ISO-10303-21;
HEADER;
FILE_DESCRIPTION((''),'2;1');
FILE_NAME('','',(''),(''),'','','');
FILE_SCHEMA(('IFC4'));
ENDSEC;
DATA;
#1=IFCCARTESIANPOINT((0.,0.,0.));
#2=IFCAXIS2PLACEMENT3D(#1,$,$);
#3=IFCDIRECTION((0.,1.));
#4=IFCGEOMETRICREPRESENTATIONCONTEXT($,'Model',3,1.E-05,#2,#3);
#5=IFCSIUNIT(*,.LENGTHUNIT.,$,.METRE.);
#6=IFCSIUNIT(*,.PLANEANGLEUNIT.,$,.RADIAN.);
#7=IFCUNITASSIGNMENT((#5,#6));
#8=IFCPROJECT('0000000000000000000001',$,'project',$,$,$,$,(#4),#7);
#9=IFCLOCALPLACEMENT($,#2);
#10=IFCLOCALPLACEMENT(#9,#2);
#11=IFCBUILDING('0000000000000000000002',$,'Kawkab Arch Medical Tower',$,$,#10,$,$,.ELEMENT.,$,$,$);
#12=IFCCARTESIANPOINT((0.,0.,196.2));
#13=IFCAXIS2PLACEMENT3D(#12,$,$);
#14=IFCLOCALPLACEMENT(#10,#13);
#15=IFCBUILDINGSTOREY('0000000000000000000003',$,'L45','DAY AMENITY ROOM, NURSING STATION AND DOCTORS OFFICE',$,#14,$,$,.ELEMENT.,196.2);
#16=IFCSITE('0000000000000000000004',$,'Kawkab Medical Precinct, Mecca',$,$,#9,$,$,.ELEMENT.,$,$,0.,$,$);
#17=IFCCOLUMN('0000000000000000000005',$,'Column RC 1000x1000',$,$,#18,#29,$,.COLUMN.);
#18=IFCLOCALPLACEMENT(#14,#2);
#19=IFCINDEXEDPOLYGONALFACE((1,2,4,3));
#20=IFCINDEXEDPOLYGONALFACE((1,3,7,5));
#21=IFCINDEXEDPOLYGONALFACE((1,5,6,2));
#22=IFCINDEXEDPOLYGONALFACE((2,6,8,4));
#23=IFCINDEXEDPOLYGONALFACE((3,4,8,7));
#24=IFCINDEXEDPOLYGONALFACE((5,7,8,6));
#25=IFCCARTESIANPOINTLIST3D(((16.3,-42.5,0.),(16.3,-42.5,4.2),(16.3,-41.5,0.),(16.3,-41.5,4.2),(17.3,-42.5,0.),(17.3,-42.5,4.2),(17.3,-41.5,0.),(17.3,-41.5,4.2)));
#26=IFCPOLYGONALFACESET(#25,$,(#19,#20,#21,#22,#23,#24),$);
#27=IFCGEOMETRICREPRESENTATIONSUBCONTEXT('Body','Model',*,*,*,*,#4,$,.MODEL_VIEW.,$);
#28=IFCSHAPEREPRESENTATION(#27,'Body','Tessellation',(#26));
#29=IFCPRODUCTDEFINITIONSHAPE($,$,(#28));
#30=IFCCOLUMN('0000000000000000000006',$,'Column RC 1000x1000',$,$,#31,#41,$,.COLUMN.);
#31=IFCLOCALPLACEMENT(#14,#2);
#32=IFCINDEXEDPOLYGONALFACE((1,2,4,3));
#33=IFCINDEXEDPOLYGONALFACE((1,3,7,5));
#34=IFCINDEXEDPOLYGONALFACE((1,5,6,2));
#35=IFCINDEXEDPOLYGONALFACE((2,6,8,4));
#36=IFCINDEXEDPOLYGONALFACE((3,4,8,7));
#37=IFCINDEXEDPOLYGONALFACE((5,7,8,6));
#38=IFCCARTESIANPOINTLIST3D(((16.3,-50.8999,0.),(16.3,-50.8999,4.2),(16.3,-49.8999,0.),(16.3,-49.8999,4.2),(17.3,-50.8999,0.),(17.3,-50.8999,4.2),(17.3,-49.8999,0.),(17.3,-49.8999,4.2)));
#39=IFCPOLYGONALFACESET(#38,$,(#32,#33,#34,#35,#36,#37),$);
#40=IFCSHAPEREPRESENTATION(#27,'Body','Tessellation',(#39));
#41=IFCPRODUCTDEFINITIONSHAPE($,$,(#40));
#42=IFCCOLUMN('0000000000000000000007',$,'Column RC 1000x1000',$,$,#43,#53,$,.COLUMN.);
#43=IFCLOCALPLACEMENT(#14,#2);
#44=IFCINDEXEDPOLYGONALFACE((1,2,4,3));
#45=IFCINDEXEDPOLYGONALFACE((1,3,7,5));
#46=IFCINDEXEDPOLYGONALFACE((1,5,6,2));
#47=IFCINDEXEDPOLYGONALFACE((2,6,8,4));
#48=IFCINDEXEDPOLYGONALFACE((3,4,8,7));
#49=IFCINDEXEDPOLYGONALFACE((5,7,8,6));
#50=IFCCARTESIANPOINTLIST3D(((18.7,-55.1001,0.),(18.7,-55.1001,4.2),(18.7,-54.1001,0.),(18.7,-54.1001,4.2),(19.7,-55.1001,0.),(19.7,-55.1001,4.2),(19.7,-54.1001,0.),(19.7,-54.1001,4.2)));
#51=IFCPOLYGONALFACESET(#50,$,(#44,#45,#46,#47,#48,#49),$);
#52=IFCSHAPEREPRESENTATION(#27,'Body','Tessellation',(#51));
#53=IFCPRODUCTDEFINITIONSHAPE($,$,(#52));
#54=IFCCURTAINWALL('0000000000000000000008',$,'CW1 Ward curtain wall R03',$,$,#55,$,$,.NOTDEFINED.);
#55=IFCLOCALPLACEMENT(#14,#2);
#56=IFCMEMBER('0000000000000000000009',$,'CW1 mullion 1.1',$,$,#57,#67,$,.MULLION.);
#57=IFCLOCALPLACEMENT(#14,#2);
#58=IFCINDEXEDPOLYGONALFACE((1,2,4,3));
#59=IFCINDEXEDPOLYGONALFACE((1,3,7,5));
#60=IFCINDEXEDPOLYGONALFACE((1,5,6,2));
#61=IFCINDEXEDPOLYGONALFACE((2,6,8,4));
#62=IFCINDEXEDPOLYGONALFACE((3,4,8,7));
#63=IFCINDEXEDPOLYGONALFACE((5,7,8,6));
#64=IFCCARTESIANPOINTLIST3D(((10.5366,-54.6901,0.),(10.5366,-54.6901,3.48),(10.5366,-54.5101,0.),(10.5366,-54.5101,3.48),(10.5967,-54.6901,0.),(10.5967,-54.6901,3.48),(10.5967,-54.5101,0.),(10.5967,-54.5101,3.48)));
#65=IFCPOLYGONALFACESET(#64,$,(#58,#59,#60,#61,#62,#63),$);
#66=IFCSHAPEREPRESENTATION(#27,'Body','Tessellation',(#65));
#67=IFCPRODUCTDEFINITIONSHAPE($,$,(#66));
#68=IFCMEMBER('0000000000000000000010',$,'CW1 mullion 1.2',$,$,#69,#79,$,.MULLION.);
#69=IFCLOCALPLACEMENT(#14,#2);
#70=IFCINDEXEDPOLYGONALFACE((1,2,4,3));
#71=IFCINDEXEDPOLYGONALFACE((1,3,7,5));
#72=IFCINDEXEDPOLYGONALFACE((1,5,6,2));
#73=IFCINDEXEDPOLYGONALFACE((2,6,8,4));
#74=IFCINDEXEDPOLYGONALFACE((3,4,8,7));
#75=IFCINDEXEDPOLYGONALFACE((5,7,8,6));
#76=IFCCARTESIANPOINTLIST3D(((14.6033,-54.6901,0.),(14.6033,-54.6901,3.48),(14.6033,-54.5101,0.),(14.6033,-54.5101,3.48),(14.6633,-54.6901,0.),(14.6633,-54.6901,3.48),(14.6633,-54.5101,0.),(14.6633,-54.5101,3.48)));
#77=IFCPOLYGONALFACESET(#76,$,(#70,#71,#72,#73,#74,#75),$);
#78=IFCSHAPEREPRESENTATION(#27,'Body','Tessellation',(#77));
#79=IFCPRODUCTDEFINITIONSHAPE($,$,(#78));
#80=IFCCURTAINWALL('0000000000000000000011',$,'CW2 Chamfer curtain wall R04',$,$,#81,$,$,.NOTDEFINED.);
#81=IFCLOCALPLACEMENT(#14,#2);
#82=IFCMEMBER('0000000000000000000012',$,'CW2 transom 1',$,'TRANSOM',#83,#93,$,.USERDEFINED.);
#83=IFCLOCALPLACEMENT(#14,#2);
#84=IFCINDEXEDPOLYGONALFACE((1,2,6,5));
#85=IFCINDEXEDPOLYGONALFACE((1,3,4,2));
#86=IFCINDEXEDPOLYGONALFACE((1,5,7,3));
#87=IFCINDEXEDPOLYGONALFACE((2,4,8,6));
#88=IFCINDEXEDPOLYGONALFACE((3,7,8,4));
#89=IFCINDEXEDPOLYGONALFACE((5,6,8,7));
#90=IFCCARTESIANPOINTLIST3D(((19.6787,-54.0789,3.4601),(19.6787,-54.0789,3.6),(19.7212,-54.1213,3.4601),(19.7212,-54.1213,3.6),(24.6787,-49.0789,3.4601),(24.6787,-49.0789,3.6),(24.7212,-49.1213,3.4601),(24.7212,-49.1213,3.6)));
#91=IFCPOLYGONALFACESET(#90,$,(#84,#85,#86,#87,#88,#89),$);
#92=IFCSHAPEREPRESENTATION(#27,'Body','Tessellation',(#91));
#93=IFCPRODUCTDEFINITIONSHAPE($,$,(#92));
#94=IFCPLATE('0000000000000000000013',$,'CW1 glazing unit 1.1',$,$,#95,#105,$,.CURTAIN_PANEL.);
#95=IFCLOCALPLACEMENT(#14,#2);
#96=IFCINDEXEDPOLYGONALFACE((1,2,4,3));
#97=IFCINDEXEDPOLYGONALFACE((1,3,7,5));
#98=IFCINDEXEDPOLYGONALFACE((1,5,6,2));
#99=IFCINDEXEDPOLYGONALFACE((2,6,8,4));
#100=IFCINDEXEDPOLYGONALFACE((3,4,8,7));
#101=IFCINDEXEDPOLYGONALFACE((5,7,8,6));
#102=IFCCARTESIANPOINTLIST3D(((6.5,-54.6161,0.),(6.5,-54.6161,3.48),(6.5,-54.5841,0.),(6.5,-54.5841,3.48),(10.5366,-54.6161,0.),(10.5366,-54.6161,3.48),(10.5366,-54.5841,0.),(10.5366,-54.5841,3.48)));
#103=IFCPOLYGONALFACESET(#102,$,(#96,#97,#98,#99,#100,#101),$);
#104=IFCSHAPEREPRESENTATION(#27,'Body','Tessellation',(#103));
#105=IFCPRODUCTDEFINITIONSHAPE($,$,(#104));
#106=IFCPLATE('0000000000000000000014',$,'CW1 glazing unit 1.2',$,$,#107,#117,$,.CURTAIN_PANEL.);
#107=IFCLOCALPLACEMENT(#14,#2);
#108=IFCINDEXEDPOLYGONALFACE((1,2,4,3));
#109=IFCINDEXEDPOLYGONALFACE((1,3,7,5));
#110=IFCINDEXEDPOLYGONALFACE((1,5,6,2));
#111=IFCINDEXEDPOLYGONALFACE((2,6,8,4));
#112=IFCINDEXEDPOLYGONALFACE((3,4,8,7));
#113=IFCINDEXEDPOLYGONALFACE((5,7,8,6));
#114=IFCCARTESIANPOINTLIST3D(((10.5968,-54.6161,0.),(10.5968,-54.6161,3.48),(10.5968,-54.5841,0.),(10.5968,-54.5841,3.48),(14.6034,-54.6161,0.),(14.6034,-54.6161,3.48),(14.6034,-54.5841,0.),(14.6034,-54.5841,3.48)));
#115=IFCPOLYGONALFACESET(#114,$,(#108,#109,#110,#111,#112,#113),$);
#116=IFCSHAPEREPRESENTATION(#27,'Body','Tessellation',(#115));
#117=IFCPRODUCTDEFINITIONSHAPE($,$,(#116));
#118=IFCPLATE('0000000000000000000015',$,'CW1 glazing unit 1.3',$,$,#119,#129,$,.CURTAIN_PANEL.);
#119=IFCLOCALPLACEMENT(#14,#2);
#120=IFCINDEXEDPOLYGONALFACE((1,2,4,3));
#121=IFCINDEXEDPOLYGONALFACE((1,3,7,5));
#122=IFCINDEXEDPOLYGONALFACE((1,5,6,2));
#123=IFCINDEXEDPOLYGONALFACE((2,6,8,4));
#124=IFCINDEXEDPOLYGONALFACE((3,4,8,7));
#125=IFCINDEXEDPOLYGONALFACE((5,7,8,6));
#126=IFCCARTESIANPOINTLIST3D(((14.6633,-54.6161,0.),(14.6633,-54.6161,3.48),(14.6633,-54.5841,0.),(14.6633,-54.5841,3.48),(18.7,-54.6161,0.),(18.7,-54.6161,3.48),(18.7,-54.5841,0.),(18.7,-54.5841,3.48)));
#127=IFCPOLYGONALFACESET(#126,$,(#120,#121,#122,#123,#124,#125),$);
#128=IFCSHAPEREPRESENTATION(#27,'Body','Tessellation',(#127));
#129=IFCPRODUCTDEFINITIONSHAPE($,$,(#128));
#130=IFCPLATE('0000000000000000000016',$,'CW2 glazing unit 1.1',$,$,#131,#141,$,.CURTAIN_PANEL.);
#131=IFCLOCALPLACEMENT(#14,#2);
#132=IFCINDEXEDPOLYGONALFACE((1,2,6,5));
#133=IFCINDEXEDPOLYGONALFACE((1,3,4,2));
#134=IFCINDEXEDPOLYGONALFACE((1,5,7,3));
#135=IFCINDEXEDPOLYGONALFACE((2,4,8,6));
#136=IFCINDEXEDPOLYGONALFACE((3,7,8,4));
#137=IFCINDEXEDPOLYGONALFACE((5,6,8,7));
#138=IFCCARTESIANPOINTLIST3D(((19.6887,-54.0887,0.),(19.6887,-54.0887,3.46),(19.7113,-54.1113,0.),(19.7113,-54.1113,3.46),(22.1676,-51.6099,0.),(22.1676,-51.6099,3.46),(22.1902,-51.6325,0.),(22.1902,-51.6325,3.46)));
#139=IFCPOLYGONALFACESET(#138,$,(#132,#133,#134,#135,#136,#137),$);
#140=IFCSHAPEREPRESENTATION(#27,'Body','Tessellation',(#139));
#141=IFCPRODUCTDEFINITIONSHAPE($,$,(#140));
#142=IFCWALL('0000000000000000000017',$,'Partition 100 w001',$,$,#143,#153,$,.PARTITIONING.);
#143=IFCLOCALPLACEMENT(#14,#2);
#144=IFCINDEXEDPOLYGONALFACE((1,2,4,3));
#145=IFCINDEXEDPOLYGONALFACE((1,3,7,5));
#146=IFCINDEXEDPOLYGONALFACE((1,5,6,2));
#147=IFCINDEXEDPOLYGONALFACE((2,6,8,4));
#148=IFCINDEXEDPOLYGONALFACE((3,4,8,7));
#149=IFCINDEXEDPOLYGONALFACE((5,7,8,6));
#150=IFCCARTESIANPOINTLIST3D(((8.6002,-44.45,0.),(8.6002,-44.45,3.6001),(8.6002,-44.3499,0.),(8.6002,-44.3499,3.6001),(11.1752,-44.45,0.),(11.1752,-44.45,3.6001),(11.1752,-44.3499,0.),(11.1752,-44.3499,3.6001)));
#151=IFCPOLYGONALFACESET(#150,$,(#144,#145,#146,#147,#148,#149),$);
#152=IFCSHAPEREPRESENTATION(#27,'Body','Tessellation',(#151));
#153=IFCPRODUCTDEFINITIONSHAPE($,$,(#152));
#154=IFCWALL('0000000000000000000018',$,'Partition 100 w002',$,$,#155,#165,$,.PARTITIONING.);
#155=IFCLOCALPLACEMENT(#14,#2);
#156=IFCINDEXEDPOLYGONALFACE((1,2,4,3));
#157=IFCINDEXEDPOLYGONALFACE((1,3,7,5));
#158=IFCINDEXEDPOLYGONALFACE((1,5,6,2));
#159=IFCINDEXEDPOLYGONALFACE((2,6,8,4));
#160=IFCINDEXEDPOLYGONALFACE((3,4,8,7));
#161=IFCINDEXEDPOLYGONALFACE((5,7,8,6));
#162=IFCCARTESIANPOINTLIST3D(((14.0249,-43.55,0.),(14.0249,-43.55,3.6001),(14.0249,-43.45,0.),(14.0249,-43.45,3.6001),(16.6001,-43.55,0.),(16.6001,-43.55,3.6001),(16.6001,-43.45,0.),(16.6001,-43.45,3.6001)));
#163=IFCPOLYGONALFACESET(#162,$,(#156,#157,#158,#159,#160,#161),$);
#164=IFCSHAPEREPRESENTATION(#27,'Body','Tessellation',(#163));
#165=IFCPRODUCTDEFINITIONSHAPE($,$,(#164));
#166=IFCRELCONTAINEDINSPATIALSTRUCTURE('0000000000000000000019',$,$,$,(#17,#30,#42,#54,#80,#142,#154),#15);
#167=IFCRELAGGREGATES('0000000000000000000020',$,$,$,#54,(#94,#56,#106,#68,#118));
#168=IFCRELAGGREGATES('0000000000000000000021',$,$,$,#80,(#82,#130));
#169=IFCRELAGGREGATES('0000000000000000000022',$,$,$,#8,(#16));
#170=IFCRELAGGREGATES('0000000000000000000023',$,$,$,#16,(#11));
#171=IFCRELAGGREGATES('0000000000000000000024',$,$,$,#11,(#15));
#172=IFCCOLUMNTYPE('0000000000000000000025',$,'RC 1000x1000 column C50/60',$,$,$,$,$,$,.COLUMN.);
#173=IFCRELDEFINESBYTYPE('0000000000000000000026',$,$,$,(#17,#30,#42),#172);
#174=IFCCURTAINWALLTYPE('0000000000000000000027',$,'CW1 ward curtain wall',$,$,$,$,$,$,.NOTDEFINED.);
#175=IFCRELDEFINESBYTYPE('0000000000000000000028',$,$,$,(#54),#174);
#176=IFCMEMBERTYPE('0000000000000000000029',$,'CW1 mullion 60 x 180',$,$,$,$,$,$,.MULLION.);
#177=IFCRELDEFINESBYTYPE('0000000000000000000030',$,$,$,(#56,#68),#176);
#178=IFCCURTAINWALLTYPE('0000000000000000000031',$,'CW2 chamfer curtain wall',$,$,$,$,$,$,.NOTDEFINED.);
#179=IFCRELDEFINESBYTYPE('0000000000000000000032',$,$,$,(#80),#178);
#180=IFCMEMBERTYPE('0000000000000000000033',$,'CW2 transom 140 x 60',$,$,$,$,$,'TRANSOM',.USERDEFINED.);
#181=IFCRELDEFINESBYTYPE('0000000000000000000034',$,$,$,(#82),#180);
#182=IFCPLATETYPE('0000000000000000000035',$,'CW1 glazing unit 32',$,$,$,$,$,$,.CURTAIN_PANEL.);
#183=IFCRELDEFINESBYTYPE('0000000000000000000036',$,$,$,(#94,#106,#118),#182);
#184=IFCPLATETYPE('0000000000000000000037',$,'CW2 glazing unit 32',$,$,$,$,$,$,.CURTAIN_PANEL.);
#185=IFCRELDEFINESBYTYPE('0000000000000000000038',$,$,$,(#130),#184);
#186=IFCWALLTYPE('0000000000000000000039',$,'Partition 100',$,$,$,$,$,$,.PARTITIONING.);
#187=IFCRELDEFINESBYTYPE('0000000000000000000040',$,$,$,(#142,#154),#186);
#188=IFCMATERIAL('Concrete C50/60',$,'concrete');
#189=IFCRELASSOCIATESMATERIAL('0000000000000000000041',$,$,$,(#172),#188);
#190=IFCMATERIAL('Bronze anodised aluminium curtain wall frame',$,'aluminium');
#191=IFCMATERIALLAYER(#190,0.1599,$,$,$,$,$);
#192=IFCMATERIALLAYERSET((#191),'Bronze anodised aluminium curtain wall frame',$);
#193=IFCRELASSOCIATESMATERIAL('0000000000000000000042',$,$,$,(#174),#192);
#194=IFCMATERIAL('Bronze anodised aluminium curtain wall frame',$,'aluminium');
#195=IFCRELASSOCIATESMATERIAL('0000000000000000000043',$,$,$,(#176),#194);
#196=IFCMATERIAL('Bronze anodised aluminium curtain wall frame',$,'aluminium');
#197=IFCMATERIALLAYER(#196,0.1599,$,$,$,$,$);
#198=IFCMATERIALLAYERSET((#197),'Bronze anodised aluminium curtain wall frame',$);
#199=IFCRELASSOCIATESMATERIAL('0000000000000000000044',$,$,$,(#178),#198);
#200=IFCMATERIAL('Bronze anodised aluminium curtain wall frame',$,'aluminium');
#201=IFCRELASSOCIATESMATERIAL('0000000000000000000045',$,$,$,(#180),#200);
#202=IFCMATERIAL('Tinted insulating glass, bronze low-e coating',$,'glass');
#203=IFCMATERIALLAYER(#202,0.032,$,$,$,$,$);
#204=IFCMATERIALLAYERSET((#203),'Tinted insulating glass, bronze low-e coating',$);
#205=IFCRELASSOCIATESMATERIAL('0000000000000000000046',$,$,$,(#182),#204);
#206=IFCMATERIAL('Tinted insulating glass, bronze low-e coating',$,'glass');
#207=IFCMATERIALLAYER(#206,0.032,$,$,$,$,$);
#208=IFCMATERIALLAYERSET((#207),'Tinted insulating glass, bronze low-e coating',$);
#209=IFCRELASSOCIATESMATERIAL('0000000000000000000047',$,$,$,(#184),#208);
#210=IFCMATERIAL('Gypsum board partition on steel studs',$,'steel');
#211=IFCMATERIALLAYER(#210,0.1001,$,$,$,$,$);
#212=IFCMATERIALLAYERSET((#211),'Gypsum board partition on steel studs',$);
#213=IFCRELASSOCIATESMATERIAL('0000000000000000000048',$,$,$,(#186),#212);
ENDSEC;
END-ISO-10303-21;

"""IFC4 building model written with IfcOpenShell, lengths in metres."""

from ifc_helpers import new_model, si_unit, direction, frame, frame_2d, origin, origin_2d, place, context, subcontext, project, spatial, rectangle, extrude, material, layer, layer_set, material_profile, profile_set, type_object, element, aggregate, save


model = new_model("IFC4")

# Units and contexts
model_context = context("Model", 3, precision=1e-05, world=origin(), true_north=direction((0.0, 1.0)))
body_context = subcontext(model_context, "Body", "Model", "MODEL_VIEW")
ifc_project = project(units=[si_unit("LENGTHUNIT", "METRE"), si_unit("PLANEANGLEUNIT", "RADIAN")], contexts=[model_context])

# Site, building, storey
site_placement = place(None, origin())
site = spatial("IfcSite", under=ifc_project, at=site_placement, Name="Kawkab Medical Precinct, Mecca", CompositionType="ELEMENT", RefElevation=0.0)
building_placement = place(site_placement, origin())
building = spatial("IfcBuilding", under=site, at=building_placement, Name="Kawkab Arch Medical Tower", CompositionType="ELEMENT")
storey_placement = place(building_placement, frame((0.0, 0.0, 196.2)))
storey = spatial("IfcBuildingStorey", under=building, at=storey_placement, Name="L45", Description="DAY AMENITY ROOM, NURSING STATION AND DOCTORS OFFICE", CompositionType="ELEMENT", Elevation=196.2)

# Columns
ifc_material_1 = material(Name="Concrete C50/60", Category="concrete")
ifc_material_profile_1 = material_profile(ifc_material_1, rectangle(XDim=1.0, YDim=1.0, at=origin_2d()), Name="RC 1000x1000")
ifc_profile_set_1 = profile_set([ifc_material_profile_1], Name="Concrete C50/60")
column_type = type_object("IfcColumnType", Name="RC 1000x1000 column C50/60", PredefinedType="COLUMN", material=ifc_profile_set_1)
for number, where, z_axis, x_axis, name in (
    (1, (16.8, -42.0, 0.0), (0.0, 0.0, 1.0), (1.0, 0.0, 0.0), "Column RC 1000x1000"),
    (2, (16.8, -50.3999, 0.0), (0.0, 0.0, 1.0), (1.0, 0.0, 0.0), "Column RC 1000x1000"),
    (3, (19.2, -54.6001, 0.0), (0.0, 0.0, 1.0), (1.0, 0.0, 0.0), "Column RC 1000x1000"),
):
    element("IfcColumn", number, at=place(storey_placement, frame(where, z_axis=z_axis, x_axis=x_axis)), inside=storey, type_object=column_type, Name=name, PredefinedType="COLUMN", context=body_context, shape_type="SweptSolid", body=[
        extrude(rectangle(XDim=1.0, YDim=1.0, at=origin_2d()), origin(), (0.0, 0.0, 1.0), 4.2),
    ])

# Curtain wall, members
ifc_material_2 = material(Name="Bronze anodised aluminium curtain wall frame", Category="aluminium")
ifc_layer_1 = layer(ifc_material_2, 0.1599)
ifc_layer_set_1 = layer_set([ifc_layer_1], Name="Bronze anodised aluminium curtain wall frame")
curtain_wall_type_1 = type_object("IfcCurtainWallType", Name="CW1 ward curtain wall", PredefinedType="NOTDEFINED", material=ifc_layer_set_1)
placement = place(storey_placement, origin())
curtain_wall_1 = element("IfcCurtainWall", 4, at=placement, inside=storey, type_object=curtain_wall_type_1, Name="CW1 Ward curtain wall R03", PredefinedType="NOTDEFINED")
ifc_material_3 = material(Name="Bronze anodised aluminium curtain wall frame", Category="aluminium")
ifc_material_profile_2 = material_profile(ifc_material_3, rectangle(XDim=0.1799, YDim=0.0601, at=origin_2d()), Name="AL 60x180")
ifc_profile_set_2 = profile_set([ifc_material_profile_2], Name="Bronze anodised aluminium curtain wall frame")
member_type_1 = type_object("IfcMemberType", Name="CW1 mullion 60 x 180", PredefinedType="MULLION", material=ifc_profile_set_2)
member_1_placement = place(storey_placement, frame((10.5667, -54.6001, 0.0), z_axis=(0.0, 0.0, 1.0), x_axis=(0.0, 1.0, 0.0)))
member_1 = element("IfcMember", 5, at=member_1_placement, type_object=member_type_1, Name="CW1 mullion 1.1", PredefinedType="MULLION", context=body_context, shape_type="SweptSolid", body=[
    extrude(rectangle(XDim=0.1799, YDim=0.0601, at=origin_2d()), origin(), (0.0, 0.0, 1.0), 3.48),
])
member_2_placement = place(storey_placement, frame((14.6333, -54.6001, 0.0), z_axis=(0.0, 0.0, 1.0), x_axis=(0.0, 1.0, 0.0)))
member_2 = element("IfcMember", 6, at=member_2_placement, type_object=member_type_1, Name="CW1 mullion 1.2", PredefinedType="MULLION", context=body_context, shape_type="SweptSolid", body=[
    extrude(rectangle(XDim=0.1799, YDim=0.0601, at=origin_2d()), origin(), (0.0, 0.0, 1.0), 3.48),
])

# Curtain wall, member
ifc_material_4 = material(Name="Bronze anodised aluminium curtain wall frame", Category="aluminium")
ifc_layer_2 = layer(ifc_material_4, 0.1599)
ifc_layer_set_2 = layer_set([ifc_layer_2], Name="Bronze anodised aluminium curtain wall frame")
curtain_wall_type_2 = type_object("IfcCurtainWallType", Name="CW2 chamfer curtain wall", PredefinedType="NOTDEFINED", material=ifc_layer_set_2)
curtain_wall_2 = element("IfcCurtainWall", 7, at=placement, inside=storey, type_object=curtain_wall_type_2, Name="CW2 Chamfer curtain wall R04", PredefinedType="NOTDEFINED")
ifc_material_5 = material(Name="Bronze anodised aluminium curtain wall frame", Category="aluminium")
ifc_material_profile_3 = material_profile(ifc_material_5, rectangle(XDim=0.0601, YDim=0.1399, at=origin_2d()), Name="AL 60x140")
ifc_profile_set_3 = profile_set([ifc_material_profile_3], Name="Bronze anodised aluminium curtain wall frame")
member_type_2 = type_object("IfcMemberType", Name="CW2 transom 140 x 60", ElementType="TRANSOM", PredefinedType="USERDEFINED", material=ifc_profile_set_3)
member_3_placement = place(storey_placement, frame((19.7, -54.1001, 3.53), z_axis=(0.707107, 0.707107, 0.0), x_axis=(-0.707107, 0.707107, 0.0)))
member_3 = element("IfcMember", 8, at=member_3_placement, type_object=member_type_2, Name="CW2 transom 1", ObjectType="TRANSOM", PredefinedType="USERDEFINED", context=body_context, shape_type="SweptSolid", body=[
    extrude(rectangle(XDim=0.0601, YDim=0.1399, at=origin_2d()), origin(), (0.0, 0.0, 1.0), 7.071),
])

# Plates
ifc_material_6 = material(Name="Tinted insulating glass, bronze low-e coating", Category="glass")
ifc_layer_3 = layer(ifc_material_6, 0.032)
ifc_layer_set_3 = layer_set([ifc_layer_3], Name="Tinted insulating glass, bronze low-e coating")
plate_type_1 = type_object("IfcPlateType", Name="CW1 glazing unit 32", PredefinedType="CURTAIN_PANEL", material=ifc_layer_set_3)
plate_1_placement = place(storey_placement, frame((8.5183, -54.6001, 0.0), z_axis=(0.0, 0.0, 1.0), x_axis=(1.0, 0.0, 0.0)))
plate_1 = element("IfcPlate", 9, at=plate_1_placement, type_object=plate_type_1, Name="CW1 glazing unit 1.1", PredefinedType="CURTAIN_PANEL", context=body_context, shape_type="SweptSolid", body=[
    extrude(rectangle(XDim=4.0366, YDim=0.032, at=origin_2d()), origin(), (0.0, 0.0, 1.0), 3.48),
])
plate_2_placement = place(storey_placement, frame((12.6001, -54.6001, 0.0), z_axis=(0.0, 0.0, 1.0), x_axis=(1.0, 0.0, 0.0)))
plate_2 = element("IfcPlate", 10, at=plate_2_placement, type_object=plate_type_1, Name="CW1 glazing unit 1.2", PredefinedType="CURTAIN_PANEL", context=body_context, shape_type="SweptSolid", body=[
    extrude(rectangle(XDim=4.0066, YDim=0.032, at=origin_2d()), origin(), (0.0, 0.0, 1.0), 3.48),
])
plate_3_placement = place(storey_placement, frame((16.6816, -54.6001, 0.0), z_axis=(0.0, 0.0, 1.0), x_axis=(1.0, 0.0, 0.0)))
plate_3 = element("IfcPlate", 11, at=plate_3_placement, type_object=plate_type_1, Name="CW1 glazing unit 1.3", PredefinedType="CURTAIN_PANEL", context=body_context, shape_type="SweptSolid", body=[
    extrude(rectangle(XDim=4.0366, YDim=0.032, at=origin_2d()), origin(), (0.0, 0.0, 1.0), 3.48),
])
aggregate(curtain_wall_1, [plate_1, member_1, plate_2, member_2, plate_3])
ifc_material_7 = material(Name="Tinted insulating glass, bronze low-e coating", Category="glass")
ifc_layer_4 = layer(ifc_material_7, 0.032)
ifc_layer_set_4 = layer_set([ifc_layer_4], Name="Tinted insulating glass, bronze low-e coating")
plate_type_2 = type_object("IfcPlateType", Name="CW2 glazing unit 32", PredefinedType="CURTAIN_PANEL", material=ifc_layer_set_4)
plate_4_placement = place(storey_placement, frame((20.9395, -52.8606, 0.0), z_axis=(0.0, 0.0, 1.0), x_axis=(0.707107, 0.707107, 0.0)))
plate_4 = element("IfcPlate", 12, at=plate_4_placement, type_object=plate_type_2, Name="CW2 glazing unit 1.1", PredefinedType="CURTAIN_PANEL", context=body_context, shape_type="SweptSolid", body=[
    extrude(rectangle(XDim=3.5056, YDim=0.032, at=origin_2d()), origin(), (0.0, 0.0, 1.0), 3.46),
])
aggregate(curtain_wall_2, [member_3, plate_4])

# Walls
ifc_material_8 = material(Name="Gypsum board partition on steel studs", Category="steel")
ifc_layer_5 = layer(ifc_material_8, 0.1001)
ifc_layer_set_5 = layer_set([ifc_layer_5], Name="Gypsum board partition on steel studs")
wall_type_1 = type_object("IfcWallType", Name="Partition 100", PredefinedType="PARTITIONING", material=ifc_layer_set_5)
wall_1_placement = place(storey_placement, frame((8.6001, -44.3999, 0.0), z_axis=(0.0, 0.0, 1.0), x_axis=(1.0, 0.0, 0.0)))
element("IfcWall", 13, at=wall_1_placement, inside=storey, type_object=wall_type_1, Name="Partition 100 w001", PredefinedType="PARTITIONING", context=body_context, shape_type="SweptSolid", body=[
    extrude(rectangle(XDim=2.575, YDim=0.1001, at=frame_2d((1.2876, 0.0))), origin(), (0.0, 0.0, 1.0), 3.6001),
])
wall_2_placement = place(storey_placement, frame((14.0249, -43.5, 0.0), z_axis=(0.0, 0.0, 1.0), x_axis=(1.0, 0.0, 0.0)))
element("IfcWall", 14, at=wall_2_placement, inside=storey, type_object=wall_type_1, Name="Partition 100 w002", PredefinedType="PARTITIONING", context=body_context, shape_type="SweptSolid", body=[
    extrude(rectangle(XDim=2.5752, YDim=0.1001, at=frame_2d((1.2876, 0.0))), origin(), (0.0, 0.0, 1.0), 3.6001),
])

save(model, "model.ifc")
